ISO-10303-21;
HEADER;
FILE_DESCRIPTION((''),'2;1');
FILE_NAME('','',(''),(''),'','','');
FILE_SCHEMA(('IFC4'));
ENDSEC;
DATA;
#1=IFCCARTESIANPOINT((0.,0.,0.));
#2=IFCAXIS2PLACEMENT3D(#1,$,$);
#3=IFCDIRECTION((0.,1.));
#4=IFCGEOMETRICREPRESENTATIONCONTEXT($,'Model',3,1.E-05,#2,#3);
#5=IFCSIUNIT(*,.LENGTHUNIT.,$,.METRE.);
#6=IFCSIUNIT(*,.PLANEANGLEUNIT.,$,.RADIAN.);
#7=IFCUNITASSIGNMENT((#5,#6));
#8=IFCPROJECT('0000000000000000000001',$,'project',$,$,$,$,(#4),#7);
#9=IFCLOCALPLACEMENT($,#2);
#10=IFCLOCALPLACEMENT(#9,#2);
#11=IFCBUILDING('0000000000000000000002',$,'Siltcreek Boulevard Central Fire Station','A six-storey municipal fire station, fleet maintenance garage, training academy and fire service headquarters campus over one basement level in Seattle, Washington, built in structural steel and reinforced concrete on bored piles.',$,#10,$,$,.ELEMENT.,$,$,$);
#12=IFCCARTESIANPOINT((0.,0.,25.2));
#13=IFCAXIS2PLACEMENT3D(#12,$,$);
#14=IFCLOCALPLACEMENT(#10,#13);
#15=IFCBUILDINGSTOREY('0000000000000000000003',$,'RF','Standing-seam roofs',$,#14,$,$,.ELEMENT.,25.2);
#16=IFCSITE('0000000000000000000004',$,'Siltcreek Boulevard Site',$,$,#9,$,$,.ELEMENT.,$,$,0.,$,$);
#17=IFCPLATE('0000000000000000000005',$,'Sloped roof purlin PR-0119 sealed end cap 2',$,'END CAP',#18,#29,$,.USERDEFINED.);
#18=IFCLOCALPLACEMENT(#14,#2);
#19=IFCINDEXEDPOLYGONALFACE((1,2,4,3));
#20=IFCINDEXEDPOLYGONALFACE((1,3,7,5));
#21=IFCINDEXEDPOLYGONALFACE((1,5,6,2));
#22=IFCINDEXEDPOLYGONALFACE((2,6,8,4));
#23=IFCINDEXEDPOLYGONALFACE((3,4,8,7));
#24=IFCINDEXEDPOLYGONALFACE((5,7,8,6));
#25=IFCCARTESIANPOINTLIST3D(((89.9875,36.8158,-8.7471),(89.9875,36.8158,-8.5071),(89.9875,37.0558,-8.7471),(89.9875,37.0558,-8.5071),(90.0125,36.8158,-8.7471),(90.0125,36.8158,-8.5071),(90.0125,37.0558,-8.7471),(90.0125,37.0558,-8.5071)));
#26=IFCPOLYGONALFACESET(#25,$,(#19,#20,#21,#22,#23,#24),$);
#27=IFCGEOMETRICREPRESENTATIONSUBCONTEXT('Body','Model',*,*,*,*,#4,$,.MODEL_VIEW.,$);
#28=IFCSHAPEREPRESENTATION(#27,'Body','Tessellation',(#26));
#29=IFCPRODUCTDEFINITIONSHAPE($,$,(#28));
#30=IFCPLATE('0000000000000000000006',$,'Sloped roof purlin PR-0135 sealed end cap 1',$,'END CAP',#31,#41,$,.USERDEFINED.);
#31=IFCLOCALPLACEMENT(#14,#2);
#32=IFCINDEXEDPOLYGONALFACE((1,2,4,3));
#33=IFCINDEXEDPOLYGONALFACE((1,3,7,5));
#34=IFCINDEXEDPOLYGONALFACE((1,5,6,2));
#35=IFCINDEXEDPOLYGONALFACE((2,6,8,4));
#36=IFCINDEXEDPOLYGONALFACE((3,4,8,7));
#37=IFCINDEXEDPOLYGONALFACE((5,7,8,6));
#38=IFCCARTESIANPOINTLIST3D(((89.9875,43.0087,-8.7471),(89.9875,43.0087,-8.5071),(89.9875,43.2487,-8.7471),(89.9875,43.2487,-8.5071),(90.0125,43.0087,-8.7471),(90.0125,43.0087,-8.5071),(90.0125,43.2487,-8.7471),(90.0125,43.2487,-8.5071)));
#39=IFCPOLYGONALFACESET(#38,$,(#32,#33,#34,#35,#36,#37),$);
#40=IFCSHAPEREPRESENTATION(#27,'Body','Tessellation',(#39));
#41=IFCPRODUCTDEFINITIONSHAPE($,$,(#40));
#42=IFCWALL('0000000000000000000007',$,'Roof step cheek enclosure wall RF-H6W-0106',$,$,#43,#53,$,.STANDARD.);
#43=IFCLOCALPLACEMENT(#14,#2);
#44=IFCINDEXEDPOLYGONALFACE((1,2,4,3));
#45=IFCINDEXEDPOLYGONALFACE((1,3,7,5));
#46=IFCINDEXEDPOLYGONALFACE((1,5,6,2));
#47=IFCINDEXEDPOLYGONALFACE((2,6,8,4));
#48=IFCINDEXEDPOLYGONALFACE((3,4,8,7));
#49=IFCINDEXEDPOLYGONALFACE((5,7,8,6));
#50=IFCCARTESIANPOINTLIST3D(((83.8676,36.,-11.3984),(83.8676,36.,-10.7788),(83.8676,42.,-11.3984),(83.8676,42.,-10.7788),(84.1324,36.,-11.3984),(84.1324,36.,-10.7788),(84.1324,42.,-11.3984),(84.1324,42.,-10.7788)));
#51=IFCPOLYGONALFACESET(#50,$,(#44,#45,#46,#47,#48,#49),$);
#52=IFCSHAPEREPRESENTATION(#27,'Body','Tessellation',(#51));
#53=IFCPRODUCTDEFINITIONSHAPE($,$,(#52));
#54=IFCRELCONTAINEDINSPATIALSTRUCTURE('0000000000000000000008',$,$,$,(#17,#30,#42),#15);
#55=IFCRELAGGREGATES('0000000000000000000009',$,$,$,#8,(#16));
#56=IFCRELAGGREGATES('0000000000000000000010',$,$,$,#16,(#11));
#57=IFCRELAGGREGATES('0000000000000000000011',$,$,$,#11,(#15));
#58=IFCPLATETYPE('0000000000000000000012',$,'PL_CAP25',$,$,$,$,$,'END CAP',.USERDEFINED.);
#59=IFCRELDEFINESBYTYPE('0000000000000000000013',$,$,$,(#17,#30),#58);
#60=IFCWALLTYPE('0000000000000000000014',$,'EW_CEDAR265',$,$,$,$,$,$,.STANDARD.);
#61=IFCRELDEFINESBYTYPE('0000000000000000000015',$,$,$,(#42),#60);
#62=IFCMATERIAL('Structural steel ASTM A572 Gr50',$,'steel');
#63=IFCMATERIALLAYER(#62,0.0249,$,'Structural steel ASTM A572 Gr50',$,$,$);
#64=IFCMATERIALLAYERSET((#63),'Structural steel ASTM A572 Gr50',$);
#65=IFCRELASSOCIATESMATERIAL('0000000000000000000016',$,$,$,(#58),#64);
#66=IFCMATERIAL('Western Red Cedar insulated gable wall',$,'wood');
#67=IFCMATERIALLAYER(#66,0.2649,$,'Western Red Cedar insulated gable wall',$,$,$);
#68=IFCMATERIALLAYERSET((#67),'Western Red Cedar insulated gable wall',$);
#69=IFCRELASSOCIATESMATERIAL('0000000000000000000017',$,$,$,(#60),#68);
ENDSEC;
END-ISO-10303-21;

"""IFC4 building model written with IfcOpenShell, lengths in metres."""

from ifc_helpers import new_model, si_unit, direction, frame, frame_2d, origin, origin_2d, place, context, subcontext, project, spatial, rectangle, extrude, material, layer, layer_set, type_object, element, save


model = new_model("IFC4")

# Units and contexts
model_context = context("Model", 3, precision=1e-05, world=origin(), true_north=direction((0.0, 1.0)))
body_context = subcontext(model_context, "Body", "Model", "MODEL_VIEW")
ifc_project = project(units=[si_unit("LENGTHUNIT", "METRE"), si_unit("PLANEANGLEUNIT", "RADIAN")], contexts=[model_context])

# Site, building, storey
site_placement = place(None, origin())
site = spatial("IfcSite", under=ifc_project, at=site_placement, Name="Siltcreek Boulevard Site", CompositionType="ELEMENT", RefElevation=0.0)
building_placement = place(site_placement, origin())
building = spatial("IfcBuilding", under=site, at=building_placement, Name="Siltcreek Boulevard Central Fire Station", Description="A six-storey municipal fire station, fleet maintenance garage, training academy and fire service headquarters campus over one basement level in Seattle, Washington, built in structural steel and reinforced concrete on bored piles.", CompositionType="ELEMENT")
storey_placement = place(building_placement, frame((0.0, 0.0, 25.2)))
storey = spatial("IfcBuildingStorey", under=building, at=storey_placement, Name="RF", Description="Standing-seam roofs", CompositionType="ELEMENT", Elevation=25.2)

# Plates
ifc_material_1 = material(Name="Structural steel ASTM A572 Gr50", Category="steel")
ifc_layer_1 = layer(ifc_material_1, 0.0249, Name="Structural steel ASTM A572 Gr50")
ifc_layer_set_1 = layer_set([ifc_layer_1], Name="Structural steel ASTM A572 Gr50")
plate_type = type_object("IfcPlateType", Name="PL_CAP25", ElementType="END CAP", PredefinedType="USERDEFINED", material=ifc_layer_set_1)
for number, where, z_axis, x_axis, name in (
    (1, (90.0, 36.9358, -8.7471), (0.0, 0.0, 1.0), (1.0, 0.0, 0.0), "Sloped roof purlin PR-0119 sealed end cap 2"),
    (2, (90.0, 43.1287, -8.7471), (0.0, 0.0, 1.0), (1.0, 0.0, 0.0), "Sloped roof purlin PR-0135 sealed end cap 1"),
):
    element("IfcPlate", number, at=place(storey_placement, frame(where, z_axis=z_axis, x_axis=x_axis)), inside=storey, type_object=plate_type, Name=name, ObjectType="END CAP", PredefinedType="USERDEFINED", context=body_context, shape_type="SweptSolid", body=[
        extrude(rectangle(XDim=0.0249, YDim=0.24, at=origin_2d()), origin(), (0.0, 0.0, 1.0), 0.24),
    ])

# Wall
ifc_material_2 = material(Name="Western Red Cedar insulated gable wall", Category="wood")
ifc_layer_2 = layer(ifc_material_2, 0.2649, Name="Western Red Cedar insulated gable wall")
ifc_layer_set_2 = layer_set([ifc_layer_2], Name="Western Red Cedar insulated gable wall")
wall_type = type_object("IfcWallType", Name="EW_CEDAR265", PredefinedType="STANDARD", material=ifc_layer_set_2)
wall_placement = place(storey_placement, frame((84.0, 42.0, -11.3984), z_axis=(0.0, 0.0, 1.0), x_axis=(0.0, -1.0, 0.0)))
element("IfcWall", 3, at=wall_placement, inside=storey, type_object=wall_type, Name="Roof step cheek enclosure wall RF-H6W-0106", PredefinedType="STANDARD", context=body_context, shape_type="SweptSolid", body=[
    extrude(rectangle(XDim=6.0, YDim=0.2649, at=frame_2d((3.0, 0.0))), origin(), (0.0, 0.0, 1.0), 0.6196),
])

save(model, "model.ifc")
